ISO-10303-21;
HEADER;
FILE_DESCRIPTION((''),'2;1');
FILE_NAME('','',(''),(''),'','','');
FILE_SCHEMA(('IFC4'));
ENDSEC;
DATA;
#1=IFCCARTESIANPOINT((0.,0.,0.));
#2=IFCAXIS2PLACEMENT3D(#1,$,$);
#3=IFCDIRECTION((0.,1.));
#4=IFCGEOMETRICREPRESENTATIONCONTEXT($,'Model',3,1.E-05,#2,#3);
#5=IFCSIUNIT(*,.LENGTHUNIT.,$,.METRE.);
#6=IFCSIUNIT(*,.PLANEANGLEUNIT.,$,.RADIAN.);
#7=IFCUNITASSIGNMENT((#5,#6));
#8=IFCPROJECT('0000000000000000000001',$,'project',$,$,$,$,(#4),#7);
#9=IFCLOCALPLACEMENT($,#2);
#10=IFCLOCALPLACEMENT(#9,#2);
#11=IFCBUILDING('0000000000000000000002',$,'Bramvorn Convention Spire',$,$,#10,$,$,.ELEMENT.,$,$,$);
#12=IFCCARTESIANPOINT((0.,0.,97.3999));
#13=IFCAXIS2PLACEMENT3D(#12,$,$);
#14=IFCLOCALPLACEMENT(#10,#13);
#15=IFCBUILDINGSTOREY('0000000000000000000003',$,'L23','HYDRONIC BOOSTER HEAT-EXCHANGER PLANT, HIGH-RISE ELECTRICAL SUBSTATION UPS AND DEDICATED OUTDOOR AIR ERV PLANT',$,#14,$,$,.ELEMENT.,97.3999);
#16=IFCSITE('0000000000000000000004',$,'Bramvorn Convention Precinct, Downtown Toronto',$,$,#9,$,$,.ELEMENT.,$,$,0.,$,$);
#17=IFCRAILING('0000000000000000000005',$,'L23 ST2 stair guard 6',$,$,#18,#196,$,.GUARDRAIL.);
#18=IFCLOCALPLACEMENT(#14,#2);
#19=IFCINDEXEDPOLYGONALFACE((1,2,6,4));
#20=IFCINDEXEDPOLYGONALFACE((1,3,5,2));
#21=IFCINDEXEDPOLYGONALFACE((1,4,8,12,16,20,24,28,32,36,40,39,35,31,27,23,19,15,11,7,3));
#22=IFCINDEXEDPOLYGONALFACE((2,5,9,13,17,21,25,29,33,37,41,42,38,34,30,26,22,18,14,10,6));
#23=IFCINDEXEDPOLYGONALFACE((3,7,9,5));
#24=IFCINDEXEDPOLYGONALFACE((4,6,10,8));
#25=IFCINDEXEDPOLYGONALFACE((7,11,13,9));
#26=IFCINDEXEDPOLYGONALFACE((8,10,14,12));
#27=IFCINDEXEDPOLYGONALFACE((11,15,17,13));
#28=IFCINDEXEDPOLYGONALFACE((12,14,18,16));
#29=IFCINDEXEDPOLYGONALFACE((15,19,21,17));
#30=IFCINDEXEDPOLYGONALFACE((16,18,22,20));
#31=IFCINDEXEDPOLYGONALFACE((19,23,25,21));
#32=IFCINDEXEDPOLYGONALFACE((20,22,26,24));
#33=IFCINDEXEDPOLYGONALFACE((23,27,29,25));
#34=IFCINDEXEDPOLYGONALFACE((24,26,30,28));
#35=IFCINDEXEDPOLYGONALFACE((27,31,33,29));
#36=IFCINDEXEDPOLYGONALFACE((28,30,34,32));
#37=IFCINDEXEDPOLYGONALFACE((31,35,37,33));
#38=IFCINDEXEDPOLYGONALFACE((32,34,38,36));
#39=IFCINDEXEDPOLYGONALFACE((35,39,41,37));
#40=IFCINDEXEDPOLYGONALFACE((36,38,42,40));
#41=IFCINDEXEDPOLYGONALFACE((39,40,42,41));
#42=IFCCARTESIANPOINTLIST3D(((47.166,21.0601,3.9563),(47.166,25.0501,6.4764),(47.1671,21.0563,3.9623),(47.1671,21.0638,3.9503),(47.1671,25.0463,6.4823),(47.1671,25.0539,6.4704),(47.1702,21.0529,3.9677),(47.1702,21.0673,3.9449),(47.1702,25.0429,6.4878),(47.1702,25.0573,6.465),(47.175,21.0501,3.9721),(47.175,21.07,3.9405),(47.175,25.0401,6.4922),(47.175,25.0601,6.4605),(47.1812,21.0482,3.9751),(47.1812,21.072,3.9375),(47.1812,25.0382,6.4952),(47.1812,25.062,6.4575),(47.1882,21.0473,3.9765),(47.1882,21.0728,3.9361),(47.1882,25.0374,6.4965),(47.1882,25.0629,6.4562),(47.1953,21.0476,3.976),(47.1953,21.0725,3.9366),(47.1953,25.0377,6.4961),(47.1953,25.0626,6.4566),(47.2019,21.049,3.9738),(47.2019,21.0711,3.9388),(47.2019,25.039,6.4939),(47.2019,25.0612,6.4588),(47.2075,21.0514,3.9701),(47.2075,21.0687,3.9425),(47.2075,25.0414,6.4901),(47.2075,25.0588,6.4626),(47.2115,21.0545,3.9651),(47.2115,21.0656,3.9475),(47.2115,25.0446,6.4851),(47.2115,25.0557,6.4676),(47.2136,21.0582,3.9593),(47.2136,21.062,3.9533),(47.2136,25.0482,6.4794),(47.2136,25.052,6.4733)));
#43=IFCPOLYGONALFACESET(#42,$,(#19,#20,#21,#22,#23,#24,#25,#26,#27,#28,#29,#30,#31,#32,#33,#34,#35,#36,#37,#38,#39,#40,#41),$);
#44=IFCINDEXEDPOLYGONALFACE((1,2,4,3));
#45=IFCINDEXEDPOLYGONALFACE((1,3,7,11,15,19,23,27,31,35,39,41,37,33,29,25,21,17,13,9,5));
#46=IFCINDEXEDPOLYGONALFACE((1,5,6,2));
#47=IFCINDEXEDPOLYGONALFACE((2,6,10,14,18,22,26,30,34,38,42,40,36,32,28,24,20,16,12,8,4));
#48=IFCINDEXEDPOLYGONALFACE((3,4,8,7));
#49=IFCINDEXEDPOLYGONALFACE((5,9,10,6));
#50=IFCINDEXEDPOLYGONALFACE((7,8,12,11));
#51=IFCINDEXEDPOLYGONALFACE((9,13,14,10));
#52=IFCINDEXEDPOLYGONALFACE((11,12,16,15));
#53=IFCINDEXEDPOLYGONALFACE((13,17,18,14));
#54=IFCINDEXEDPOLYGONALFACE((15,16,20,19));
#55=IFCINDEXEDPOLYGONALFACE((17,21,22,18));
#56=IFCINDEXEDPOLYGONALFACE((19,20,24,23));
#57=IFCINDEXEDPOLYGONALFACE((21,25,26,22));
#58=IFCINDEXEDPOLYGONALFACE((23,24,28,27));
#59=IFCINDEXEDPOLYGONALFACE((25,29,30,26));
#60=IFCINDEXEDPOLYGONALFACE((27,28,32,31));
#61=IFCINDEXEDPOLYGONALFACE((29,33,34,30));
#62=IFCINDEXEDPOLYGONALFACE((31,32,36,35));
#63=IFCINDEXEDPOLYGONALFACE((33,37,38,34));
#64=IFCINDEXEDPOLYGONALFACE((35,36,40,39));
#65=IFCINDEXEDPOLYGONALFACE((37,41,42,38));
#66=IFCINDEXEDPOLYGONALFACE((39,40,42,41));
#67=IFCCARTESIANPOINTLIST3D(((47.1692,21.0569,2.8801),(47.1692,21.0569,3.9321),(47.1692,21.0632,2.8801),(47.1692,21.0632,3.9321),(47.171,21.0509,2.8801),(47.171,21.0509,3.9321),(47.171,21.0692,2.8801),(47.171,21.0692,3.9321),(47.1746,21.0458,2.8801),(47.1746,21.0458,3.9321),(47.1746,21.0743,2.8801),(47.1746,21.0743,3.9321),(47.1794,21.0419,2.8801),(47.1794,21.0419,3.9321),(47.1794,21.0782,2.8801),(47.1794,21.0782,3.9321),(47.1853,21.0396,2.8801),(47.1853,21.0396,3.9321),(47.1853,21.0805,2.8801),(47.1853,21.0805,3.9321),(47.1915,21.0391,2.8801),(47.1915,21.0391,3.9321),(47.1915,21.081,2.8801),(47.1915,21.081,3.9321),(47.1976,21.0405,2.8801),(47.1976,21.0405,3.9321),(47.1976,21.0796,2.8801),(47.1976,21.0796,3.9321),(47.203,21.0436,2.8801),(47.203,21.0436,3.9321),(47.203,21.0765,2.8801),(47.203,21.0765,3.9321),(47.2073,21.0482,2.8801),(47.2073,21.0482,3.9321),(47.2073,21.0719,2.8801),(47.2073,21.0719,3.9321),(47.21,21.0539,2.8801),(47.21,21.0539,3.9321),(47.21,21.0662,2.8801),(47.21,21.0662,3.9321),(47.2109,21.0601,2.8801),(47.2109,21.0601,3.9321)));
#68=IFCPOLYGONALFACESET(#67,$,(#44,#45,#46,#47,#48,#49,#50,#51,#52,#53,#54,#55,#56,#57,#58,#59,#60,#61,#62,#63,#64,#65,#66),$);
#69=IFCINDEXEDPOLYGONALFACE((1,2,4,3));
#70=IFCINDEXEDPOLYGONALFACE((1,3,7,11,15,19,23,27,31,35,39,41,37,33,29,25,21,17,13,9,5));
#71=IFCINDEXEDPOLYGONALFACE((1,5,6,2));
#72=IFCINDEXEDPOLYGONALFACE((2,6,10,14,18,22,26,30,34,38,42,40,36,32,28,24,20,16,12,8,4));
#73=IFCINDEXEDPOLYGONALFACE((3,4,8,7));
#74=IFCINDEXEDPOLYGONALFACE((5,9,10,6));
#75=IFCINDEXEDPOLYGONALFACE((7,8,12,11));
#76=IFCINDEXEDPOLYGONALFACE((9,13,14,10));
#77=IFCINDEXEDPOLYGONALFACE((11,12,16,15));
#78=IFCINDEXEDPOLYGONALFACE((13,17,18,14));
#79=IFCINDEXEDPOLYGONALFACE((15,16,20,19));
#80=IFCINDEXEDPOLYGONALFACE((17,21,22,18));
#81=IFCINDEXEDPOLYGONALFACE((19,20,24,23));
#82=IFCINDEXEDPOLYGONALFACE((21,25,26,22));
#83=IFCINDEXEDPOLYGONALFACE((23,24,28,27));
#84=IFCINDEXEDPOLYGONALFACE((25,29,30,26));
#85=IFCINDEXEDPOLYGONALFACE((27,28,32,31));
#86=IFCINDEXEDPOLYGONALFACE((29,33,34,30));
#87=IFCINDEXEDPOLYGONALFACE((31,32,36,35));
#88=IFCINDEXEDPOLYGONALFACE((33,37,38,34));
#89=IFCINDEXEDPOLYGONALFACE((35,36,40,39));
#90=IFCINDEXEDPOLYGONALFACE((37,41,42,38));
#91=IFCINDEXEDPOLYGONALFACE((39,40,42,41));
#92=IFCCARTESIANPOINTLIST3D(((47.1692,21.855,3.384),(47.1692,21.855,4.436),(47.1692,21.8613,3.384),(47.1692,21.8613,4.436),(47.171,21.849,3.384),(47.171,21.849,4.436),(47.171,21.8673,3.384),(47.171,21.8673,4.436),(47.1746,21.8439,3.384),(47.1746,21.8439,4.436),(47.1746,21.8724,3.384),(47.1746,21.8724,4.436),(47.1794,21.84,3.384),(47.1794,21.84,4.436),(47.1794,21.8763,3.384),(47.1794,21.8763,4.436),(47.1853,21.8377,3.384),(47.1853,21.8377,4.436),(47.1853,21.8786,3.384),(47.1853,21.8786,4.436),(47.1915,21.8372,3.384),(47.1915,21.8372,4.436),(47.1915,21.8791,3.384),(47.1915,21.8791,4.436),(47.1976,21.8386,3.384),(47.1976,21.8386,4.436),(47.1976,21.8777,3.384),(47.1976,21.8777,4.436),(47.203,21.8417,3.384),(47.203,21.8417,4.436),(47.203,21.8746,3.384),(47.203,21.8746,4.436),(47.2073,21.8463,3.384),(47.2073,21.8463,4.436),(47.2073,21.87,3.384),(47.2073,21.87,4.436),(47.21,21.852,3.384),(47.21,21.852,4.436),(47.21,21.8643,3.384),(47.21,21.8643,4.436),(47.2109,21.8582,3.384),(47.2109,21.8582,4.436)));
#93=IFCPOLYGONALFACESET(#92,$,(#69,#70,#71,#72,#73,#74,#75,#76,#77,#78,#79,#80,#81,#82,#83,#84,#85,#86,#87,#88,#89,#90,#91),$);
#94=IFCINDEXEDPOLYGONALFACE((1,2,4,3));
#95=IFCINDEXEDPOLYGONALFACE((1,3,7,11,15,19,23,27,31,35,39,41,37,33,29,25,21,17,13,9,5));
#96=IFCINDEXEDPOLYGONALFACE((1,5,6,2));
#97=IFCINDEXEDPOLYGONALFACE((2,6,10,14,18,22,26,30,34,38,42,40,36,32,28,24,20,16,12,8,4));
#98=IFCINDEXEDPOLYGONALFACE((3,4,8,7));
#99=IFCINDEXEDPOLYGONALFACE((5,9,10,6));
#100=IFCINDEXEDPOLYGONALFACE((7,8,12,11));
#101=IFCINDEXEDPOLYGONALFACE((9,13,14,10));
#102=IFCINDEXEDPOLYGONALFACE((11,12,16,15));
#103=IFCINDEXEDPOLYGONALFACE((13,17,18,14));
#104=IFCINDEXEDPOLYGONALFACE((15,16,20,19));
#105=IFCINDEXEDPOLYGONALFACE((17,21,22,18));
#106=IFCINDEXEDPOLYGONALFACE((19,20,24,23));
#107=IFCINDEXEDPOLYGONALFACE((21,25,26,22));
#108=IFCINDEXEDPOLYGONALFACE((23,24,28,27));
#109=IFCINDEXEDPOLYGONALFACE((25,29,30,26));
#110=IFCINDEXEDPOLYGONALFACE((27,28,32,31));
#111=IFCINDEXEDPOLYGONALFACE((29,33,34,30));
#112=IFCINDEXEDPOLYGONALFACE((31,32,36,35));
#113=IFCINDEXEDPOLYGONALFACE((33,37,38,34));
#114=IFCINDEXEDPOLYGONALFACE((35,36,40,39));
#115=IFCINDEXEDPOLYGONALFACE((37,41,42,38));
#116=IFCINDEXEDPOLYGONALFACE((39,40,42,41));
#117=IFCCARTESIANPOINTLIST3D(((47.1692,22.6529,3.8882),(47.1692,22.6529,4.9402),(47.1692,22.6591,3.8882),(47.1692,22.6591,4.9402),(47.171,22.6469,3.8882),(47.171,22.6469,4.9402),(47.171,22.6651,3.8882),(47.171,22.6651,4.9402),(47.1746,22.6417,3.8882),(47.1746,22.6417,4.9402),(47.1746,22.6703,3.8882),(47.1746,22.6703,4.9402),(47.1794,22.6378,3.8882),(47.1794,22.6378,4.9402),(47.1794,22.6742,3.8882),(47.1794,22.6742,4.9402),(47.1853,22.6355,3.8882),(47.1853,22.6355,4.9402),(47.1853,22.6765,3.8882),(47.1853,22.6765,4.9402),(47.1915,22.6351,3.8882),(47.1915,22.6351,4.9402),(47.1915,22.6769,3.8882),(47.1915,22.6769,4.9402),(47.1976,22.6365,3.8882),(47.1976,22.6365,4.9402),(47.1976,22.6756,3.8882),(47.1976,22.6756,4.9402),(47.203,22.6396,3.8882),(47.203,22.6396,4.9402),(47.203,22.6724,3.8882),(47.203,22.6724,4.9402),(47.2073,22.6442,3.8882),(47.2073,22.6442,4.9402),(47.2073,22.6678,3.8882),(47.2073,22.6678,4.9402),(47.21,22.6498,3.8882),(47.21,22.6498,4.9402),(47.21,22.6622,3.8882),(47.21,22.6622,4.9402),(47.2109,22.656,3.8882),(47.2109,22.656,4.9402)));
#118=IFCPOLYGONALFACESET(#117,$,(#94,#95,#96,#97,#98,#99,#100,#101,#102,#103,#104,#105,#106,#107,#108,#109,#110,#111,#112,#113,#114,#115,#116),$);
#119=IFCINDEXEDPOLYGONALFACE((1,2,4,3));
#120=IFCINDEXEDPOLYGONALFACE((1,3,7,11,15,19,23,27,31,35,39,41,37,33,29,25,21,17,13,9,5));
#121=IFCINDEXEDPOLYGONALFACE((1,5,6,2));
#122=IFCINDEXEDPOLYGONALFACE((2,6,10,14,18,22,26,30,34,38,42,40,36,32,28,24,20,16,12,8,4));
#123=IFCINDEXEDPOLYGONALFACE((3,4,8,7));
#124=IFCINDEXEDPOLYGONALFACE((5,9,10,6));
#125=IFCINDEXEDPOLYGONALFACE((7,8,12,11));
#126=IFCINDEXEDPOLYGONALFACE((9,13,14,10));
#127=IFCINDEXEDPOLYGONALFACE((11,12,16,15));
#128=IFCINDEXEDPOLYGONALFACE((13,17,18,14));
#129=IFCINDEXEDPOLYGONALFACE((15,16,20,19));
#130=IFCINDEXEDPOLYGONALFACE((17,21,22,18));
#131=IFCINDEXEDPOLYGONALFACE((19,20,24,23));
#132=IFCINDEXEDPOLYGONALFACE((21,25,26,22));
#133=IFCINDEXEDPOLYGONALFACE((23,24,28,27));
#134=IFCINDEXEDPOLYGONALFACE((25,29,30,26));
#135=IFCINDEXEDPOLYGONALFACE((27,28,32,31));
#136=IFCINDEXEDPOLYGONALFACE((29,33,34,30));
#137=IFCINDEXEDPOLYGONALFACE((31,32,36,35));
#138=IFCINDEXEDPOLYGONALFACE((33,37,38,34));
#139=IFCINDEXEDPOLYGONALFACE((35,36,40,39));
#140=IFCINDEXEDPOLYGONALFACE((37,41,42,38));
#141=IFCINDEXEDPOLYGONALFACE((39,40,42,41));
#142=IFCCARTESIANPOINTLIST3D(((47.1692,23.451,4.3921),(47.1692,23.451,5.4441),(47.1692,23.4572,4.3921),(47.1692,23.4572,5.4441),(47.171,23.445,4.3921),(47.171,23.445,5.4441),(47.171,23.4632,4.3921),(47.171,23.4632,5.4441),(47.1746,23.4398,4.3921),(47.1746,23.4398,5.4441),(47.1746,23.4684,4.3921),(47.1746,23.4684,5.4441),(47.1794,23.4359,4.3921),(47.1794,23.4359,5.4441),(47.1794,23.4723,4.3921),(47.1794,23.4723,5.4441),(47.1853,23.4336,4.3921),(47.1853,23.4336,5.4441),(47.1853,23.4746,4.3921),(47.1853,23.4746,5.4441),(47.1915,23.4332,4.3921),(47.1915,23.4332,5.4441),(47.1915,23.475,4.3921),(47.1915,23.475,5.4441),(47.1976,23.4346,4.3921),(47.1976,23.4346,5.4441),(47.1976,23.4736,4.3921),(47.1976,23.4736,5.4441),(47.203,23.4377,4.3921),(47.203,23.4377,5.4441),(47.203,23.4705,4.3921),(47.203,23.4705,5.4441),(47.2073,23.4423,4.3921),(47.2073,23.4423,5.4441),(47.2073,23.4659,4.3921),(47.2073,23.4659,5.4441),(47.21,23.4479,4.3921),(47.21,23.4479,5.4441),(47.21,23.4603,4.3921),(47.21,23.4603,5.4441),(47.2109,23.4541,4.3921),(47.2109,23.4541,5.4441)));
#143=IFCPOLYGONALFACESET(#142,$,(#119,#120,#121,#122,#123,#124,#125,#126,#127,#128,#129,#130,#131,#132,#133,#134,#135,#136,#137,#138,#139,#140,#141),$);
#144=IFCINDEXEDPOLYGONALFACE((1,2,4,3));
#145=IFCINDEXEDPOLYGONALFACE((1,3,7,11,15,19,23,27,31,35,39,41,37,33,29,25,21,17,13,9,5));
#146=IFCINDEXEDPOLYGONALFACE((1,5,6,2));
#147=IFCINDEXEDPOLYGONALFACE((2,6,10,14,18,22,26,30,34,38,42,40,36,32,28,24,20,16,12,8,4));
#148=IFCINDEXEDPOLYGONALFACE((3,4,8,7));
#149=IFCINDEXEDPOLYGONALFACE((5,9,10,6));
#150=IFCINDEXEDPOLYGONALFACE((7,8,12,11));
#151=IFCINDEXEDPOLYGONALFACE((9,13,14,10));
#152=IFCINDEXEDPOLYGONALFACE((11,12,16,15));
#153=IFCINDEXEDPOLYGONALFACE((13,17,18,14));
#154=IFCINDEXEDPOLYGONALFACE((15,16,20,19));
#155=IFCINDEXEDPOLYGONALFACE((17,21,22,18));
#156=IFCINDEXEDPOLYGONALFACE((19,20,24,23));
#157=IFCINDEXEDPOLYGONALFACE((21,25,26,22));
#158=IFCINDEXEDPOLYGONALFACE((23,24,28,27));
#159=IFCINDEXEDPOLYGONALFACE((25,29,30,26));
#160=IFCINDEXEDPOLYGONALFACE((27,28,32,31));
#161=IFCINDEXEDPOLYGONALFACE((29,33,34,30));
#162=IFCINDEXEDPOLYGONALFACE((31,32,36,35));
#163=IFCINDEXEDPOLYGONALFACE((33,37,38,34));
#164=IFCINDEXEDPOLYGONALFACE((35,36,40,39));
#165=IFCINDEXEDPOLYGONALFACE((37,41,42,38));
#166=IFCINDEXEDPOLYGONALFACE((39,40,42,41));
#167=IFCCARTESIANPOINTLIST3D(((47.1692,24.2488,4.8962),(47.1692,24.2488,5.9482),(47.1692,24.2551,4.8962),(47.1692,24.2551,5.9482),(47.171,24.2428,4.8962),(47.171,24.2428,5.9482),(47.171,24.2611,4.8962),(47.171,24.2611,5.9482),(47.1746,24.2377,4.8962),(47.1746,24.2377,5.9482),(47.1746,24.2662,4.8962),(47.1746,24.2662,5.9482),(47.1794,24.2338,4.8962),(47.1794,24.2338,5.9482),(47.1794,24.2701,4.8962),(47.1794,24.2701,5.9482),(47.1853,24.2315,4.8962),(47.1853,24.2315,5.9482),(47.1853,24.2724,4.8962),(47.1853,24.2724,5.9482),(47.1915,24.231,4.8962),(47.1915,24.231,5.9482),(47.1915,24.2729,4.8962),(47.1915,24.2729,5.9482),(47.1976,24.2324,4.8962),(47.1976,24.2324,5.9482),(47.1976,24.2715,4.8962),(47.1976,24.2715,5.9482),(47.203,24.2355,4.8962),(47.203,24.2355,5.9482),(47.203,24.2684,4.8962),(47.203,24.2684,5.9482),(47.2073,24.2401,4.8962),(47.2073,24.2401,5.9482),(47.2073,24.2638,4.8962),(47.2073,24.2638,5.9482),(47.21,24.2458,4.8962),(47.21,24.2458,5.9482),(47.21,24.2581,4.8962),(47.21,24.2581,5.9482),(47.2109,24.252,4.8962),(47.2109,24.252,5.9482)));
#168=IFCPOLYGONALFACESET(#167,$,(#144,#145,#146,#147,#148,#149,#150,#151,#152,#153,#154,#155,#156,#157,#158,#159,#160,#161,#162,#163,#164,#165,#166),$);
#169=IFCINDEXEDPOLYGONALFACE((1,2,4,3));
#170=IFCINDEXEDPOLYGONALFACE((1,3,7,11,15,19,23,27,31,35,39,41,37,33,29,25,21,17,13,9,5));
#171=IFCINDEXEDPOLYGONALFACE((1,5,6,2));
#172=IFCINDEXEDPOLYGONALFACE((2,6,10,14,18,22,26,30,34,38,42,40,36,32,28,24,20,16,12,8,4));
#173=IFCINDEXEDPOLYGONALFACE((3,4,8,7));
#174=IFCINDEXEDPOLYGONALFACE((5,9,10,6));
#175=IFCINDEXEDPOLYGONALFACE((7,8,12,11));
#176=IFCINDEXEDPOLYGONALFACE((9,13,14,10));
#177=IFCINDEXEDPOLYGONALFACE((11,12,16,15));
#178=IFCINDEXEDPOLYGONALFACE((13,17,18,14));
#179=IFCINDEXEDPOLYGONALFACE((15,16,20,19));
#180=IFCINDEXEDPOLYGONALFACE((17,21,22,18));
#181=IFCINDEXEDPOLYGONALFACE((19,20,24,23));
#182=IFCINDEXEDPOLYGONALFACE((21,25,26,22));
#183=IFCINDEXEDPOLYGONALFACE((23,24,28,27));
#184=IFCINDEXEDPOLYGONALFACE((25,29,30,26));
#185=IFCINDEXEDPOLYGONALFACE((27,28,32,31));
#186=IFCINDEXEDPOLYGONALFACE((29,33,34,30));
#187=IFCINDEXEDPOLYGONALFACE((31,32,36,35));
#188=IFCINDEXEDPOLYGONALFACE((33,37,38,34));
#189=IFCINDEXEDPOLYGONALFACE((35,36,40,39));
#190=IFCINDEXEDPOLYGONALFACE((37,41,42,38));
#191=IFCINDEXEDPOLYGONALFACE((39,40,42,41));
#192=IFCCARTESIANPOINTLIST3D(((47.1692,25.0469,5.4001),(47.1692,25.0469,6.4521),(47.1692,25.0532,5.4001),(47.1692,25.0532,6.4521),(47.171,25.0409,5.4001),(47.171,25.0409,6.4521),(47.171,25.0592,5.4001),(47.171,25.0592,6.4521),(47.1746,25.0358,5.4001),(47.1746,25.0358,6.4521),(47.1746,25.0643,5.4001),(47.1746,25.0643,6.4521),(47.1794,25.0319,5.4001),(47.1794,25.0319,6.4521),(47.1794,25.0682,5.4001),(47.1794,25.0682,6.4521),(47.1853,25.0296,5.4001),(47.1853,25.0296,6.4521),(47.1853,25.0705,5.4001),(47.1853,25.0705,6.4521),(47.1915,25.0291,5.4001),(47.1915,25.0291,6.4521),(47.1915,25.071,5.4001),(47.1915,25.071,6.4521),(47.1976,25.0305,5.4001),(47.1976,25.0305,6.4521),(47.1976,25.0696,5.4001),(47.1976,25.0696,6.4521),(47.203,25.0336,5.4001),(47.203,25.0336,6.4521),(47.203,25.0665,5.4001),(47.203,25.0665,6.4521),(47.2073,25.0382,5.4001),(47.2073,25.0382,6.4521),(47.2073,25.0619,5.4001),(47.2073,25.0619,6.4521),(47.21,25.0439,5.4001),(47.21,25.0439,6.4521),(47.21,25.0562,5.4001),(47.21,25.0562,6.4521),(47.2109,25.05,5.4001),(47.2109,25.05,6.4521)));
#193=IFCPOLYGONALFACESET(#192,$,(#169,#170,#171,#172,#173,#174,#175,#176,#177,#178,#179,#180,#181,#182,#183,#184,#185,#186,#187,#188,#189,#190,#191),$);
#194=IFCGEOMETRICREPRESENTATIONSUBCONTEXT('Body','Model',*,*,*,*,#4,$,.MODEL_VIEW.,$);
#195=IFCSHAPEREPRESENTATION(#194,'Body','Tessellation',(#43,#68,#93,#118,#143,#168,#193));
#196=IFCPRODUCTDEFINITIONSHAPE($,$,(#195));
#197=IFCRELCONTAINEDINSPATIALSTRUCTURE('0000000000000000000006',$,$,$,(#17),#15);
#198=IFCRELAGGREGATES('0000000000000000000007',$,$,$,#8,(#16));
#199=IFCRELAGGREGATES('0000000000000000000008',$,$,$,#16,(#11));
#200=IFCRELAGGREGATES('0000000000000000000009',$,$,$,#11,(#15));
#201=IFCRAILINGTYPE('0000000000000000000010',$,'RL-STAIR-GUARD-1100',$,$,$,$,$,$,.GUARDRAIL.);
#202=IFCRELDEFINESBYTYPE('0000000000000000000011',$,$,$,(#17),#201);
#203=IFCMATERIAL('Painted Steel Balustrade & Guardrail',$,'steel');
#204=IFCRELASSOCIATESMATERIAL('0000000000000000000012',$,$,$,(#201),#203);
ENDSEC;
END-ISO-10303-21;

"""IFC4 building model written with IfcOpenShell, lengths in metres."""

from ifc_helpers import new_model, si_unit, direction, frame, origin, origin_2d, place, context, subcontext, project, spatial, circle, extrude, material, type_object, element, save


model = new_model("IFC4")

# Units and contexts
model_context = context("Model", 3, precision=1e-05, world=origin(), true_north=direction((0.0, 1.0)))
body_context = subcontext(model_context, "Body", "Model", "MODEL_VIEW")
ifc_project = project(units=[si_unit("LENGTHUNIT", "METRE"), si_unit("PLANEANGLEUNIT", "RADIAN")], contexts=[model_context])

# Site, building, storey
site_placement = place(None, origin())
site = spatial("IfcSite", under=ifc_project, at=site_placement, Name="Bramvorn Convention Precinct, Downtown Toronto", CompositionType="ELEMENT", RefElevation=0.0)
building_placement = place(site_placement, origin())
building = spatial("IfcBuilding", under=site, at=building_placement, Name="Bramvorn Convention Spire", CompositionType="ELEMENT")
storey_placement = place(building_placement, frame((0.0, 0.0, 97.3999)))
storey = spatial("IfcBuildingStorey", under=building, at=storey_placement, Name="L23", Description="HYDRONIC BOOSTER HEAT-EXCHANGER PLANT, HIGH-RISE ELECTRICAL SUBSTATION UPS AND DEDICATED OUTDOOR AIR ERV PLANT", CompositionType="ELEMENT", Elevation=97.3999)

# Railing
ifc_material_1 = material(Name="Painted Steel Balustrade & Guardrail", Category="steel")
railing_type_1 = type_object("IfcRailingType", Name="RL-STAIR-GUARD-1100", PredefinedType="GUARDRAIL", material=ifc_material_1)
railing_1_placement = place(storey_placement, frame((47.1899, 21.0601, 2.8801)))
element("IfcRailing", 1, at=railing_1_placement, inside=storey, type_object=railing_type_1, Name="L23 ST2 stair guard 6", PredefinedType="GUARDRAIL", context=body_context, shape_type="SweptSolid", body=[
    extrude(circle(Radius=0.0239, at=origin_2d()), frame((0.0, 0.0, 1.0762), z_axis=(0.0, 0.845486, 0.533997), x_axis=(-1.0, 0.0, 0.0)), (0.0, 0.0, 1.0), 4.7192),
    extrude(circle(Radius=0.021, at=origin_2d()), origin(), (0.0, 0.0, 1.0), 1.052),
    extrude(circle(Radius=0.021, at=origin_2d()), frame((0.0, 0.7981, 0.5039)), (0.0, 0.0, 1.0), 1.052),
    extrude(circle(Radius=0.021, at=origin_2d()), frame((0.0, 1.5959, 1.0081)), (0.0, 0.0, 1.0), 1.052),
    extrude(circle(Radius=0.021, at=origin_2d()), frame((0.0, 2.394, 1.512)), (0.0, 0.0, 1.0), 1.052),
    extrude(circle(Radius=0.021, at=origin_2d()), frame((0.0, 3.1919, 2.0161)), (0.0, 0.0, 1.0), 1.052),
    extrude(circle(Radius=0.021, at=origin_2d()), frame((0.0, 3.99, 2.52)), (0.0, 0.0, 1.0), 1.052),
])

save(model, "model.ifc")
